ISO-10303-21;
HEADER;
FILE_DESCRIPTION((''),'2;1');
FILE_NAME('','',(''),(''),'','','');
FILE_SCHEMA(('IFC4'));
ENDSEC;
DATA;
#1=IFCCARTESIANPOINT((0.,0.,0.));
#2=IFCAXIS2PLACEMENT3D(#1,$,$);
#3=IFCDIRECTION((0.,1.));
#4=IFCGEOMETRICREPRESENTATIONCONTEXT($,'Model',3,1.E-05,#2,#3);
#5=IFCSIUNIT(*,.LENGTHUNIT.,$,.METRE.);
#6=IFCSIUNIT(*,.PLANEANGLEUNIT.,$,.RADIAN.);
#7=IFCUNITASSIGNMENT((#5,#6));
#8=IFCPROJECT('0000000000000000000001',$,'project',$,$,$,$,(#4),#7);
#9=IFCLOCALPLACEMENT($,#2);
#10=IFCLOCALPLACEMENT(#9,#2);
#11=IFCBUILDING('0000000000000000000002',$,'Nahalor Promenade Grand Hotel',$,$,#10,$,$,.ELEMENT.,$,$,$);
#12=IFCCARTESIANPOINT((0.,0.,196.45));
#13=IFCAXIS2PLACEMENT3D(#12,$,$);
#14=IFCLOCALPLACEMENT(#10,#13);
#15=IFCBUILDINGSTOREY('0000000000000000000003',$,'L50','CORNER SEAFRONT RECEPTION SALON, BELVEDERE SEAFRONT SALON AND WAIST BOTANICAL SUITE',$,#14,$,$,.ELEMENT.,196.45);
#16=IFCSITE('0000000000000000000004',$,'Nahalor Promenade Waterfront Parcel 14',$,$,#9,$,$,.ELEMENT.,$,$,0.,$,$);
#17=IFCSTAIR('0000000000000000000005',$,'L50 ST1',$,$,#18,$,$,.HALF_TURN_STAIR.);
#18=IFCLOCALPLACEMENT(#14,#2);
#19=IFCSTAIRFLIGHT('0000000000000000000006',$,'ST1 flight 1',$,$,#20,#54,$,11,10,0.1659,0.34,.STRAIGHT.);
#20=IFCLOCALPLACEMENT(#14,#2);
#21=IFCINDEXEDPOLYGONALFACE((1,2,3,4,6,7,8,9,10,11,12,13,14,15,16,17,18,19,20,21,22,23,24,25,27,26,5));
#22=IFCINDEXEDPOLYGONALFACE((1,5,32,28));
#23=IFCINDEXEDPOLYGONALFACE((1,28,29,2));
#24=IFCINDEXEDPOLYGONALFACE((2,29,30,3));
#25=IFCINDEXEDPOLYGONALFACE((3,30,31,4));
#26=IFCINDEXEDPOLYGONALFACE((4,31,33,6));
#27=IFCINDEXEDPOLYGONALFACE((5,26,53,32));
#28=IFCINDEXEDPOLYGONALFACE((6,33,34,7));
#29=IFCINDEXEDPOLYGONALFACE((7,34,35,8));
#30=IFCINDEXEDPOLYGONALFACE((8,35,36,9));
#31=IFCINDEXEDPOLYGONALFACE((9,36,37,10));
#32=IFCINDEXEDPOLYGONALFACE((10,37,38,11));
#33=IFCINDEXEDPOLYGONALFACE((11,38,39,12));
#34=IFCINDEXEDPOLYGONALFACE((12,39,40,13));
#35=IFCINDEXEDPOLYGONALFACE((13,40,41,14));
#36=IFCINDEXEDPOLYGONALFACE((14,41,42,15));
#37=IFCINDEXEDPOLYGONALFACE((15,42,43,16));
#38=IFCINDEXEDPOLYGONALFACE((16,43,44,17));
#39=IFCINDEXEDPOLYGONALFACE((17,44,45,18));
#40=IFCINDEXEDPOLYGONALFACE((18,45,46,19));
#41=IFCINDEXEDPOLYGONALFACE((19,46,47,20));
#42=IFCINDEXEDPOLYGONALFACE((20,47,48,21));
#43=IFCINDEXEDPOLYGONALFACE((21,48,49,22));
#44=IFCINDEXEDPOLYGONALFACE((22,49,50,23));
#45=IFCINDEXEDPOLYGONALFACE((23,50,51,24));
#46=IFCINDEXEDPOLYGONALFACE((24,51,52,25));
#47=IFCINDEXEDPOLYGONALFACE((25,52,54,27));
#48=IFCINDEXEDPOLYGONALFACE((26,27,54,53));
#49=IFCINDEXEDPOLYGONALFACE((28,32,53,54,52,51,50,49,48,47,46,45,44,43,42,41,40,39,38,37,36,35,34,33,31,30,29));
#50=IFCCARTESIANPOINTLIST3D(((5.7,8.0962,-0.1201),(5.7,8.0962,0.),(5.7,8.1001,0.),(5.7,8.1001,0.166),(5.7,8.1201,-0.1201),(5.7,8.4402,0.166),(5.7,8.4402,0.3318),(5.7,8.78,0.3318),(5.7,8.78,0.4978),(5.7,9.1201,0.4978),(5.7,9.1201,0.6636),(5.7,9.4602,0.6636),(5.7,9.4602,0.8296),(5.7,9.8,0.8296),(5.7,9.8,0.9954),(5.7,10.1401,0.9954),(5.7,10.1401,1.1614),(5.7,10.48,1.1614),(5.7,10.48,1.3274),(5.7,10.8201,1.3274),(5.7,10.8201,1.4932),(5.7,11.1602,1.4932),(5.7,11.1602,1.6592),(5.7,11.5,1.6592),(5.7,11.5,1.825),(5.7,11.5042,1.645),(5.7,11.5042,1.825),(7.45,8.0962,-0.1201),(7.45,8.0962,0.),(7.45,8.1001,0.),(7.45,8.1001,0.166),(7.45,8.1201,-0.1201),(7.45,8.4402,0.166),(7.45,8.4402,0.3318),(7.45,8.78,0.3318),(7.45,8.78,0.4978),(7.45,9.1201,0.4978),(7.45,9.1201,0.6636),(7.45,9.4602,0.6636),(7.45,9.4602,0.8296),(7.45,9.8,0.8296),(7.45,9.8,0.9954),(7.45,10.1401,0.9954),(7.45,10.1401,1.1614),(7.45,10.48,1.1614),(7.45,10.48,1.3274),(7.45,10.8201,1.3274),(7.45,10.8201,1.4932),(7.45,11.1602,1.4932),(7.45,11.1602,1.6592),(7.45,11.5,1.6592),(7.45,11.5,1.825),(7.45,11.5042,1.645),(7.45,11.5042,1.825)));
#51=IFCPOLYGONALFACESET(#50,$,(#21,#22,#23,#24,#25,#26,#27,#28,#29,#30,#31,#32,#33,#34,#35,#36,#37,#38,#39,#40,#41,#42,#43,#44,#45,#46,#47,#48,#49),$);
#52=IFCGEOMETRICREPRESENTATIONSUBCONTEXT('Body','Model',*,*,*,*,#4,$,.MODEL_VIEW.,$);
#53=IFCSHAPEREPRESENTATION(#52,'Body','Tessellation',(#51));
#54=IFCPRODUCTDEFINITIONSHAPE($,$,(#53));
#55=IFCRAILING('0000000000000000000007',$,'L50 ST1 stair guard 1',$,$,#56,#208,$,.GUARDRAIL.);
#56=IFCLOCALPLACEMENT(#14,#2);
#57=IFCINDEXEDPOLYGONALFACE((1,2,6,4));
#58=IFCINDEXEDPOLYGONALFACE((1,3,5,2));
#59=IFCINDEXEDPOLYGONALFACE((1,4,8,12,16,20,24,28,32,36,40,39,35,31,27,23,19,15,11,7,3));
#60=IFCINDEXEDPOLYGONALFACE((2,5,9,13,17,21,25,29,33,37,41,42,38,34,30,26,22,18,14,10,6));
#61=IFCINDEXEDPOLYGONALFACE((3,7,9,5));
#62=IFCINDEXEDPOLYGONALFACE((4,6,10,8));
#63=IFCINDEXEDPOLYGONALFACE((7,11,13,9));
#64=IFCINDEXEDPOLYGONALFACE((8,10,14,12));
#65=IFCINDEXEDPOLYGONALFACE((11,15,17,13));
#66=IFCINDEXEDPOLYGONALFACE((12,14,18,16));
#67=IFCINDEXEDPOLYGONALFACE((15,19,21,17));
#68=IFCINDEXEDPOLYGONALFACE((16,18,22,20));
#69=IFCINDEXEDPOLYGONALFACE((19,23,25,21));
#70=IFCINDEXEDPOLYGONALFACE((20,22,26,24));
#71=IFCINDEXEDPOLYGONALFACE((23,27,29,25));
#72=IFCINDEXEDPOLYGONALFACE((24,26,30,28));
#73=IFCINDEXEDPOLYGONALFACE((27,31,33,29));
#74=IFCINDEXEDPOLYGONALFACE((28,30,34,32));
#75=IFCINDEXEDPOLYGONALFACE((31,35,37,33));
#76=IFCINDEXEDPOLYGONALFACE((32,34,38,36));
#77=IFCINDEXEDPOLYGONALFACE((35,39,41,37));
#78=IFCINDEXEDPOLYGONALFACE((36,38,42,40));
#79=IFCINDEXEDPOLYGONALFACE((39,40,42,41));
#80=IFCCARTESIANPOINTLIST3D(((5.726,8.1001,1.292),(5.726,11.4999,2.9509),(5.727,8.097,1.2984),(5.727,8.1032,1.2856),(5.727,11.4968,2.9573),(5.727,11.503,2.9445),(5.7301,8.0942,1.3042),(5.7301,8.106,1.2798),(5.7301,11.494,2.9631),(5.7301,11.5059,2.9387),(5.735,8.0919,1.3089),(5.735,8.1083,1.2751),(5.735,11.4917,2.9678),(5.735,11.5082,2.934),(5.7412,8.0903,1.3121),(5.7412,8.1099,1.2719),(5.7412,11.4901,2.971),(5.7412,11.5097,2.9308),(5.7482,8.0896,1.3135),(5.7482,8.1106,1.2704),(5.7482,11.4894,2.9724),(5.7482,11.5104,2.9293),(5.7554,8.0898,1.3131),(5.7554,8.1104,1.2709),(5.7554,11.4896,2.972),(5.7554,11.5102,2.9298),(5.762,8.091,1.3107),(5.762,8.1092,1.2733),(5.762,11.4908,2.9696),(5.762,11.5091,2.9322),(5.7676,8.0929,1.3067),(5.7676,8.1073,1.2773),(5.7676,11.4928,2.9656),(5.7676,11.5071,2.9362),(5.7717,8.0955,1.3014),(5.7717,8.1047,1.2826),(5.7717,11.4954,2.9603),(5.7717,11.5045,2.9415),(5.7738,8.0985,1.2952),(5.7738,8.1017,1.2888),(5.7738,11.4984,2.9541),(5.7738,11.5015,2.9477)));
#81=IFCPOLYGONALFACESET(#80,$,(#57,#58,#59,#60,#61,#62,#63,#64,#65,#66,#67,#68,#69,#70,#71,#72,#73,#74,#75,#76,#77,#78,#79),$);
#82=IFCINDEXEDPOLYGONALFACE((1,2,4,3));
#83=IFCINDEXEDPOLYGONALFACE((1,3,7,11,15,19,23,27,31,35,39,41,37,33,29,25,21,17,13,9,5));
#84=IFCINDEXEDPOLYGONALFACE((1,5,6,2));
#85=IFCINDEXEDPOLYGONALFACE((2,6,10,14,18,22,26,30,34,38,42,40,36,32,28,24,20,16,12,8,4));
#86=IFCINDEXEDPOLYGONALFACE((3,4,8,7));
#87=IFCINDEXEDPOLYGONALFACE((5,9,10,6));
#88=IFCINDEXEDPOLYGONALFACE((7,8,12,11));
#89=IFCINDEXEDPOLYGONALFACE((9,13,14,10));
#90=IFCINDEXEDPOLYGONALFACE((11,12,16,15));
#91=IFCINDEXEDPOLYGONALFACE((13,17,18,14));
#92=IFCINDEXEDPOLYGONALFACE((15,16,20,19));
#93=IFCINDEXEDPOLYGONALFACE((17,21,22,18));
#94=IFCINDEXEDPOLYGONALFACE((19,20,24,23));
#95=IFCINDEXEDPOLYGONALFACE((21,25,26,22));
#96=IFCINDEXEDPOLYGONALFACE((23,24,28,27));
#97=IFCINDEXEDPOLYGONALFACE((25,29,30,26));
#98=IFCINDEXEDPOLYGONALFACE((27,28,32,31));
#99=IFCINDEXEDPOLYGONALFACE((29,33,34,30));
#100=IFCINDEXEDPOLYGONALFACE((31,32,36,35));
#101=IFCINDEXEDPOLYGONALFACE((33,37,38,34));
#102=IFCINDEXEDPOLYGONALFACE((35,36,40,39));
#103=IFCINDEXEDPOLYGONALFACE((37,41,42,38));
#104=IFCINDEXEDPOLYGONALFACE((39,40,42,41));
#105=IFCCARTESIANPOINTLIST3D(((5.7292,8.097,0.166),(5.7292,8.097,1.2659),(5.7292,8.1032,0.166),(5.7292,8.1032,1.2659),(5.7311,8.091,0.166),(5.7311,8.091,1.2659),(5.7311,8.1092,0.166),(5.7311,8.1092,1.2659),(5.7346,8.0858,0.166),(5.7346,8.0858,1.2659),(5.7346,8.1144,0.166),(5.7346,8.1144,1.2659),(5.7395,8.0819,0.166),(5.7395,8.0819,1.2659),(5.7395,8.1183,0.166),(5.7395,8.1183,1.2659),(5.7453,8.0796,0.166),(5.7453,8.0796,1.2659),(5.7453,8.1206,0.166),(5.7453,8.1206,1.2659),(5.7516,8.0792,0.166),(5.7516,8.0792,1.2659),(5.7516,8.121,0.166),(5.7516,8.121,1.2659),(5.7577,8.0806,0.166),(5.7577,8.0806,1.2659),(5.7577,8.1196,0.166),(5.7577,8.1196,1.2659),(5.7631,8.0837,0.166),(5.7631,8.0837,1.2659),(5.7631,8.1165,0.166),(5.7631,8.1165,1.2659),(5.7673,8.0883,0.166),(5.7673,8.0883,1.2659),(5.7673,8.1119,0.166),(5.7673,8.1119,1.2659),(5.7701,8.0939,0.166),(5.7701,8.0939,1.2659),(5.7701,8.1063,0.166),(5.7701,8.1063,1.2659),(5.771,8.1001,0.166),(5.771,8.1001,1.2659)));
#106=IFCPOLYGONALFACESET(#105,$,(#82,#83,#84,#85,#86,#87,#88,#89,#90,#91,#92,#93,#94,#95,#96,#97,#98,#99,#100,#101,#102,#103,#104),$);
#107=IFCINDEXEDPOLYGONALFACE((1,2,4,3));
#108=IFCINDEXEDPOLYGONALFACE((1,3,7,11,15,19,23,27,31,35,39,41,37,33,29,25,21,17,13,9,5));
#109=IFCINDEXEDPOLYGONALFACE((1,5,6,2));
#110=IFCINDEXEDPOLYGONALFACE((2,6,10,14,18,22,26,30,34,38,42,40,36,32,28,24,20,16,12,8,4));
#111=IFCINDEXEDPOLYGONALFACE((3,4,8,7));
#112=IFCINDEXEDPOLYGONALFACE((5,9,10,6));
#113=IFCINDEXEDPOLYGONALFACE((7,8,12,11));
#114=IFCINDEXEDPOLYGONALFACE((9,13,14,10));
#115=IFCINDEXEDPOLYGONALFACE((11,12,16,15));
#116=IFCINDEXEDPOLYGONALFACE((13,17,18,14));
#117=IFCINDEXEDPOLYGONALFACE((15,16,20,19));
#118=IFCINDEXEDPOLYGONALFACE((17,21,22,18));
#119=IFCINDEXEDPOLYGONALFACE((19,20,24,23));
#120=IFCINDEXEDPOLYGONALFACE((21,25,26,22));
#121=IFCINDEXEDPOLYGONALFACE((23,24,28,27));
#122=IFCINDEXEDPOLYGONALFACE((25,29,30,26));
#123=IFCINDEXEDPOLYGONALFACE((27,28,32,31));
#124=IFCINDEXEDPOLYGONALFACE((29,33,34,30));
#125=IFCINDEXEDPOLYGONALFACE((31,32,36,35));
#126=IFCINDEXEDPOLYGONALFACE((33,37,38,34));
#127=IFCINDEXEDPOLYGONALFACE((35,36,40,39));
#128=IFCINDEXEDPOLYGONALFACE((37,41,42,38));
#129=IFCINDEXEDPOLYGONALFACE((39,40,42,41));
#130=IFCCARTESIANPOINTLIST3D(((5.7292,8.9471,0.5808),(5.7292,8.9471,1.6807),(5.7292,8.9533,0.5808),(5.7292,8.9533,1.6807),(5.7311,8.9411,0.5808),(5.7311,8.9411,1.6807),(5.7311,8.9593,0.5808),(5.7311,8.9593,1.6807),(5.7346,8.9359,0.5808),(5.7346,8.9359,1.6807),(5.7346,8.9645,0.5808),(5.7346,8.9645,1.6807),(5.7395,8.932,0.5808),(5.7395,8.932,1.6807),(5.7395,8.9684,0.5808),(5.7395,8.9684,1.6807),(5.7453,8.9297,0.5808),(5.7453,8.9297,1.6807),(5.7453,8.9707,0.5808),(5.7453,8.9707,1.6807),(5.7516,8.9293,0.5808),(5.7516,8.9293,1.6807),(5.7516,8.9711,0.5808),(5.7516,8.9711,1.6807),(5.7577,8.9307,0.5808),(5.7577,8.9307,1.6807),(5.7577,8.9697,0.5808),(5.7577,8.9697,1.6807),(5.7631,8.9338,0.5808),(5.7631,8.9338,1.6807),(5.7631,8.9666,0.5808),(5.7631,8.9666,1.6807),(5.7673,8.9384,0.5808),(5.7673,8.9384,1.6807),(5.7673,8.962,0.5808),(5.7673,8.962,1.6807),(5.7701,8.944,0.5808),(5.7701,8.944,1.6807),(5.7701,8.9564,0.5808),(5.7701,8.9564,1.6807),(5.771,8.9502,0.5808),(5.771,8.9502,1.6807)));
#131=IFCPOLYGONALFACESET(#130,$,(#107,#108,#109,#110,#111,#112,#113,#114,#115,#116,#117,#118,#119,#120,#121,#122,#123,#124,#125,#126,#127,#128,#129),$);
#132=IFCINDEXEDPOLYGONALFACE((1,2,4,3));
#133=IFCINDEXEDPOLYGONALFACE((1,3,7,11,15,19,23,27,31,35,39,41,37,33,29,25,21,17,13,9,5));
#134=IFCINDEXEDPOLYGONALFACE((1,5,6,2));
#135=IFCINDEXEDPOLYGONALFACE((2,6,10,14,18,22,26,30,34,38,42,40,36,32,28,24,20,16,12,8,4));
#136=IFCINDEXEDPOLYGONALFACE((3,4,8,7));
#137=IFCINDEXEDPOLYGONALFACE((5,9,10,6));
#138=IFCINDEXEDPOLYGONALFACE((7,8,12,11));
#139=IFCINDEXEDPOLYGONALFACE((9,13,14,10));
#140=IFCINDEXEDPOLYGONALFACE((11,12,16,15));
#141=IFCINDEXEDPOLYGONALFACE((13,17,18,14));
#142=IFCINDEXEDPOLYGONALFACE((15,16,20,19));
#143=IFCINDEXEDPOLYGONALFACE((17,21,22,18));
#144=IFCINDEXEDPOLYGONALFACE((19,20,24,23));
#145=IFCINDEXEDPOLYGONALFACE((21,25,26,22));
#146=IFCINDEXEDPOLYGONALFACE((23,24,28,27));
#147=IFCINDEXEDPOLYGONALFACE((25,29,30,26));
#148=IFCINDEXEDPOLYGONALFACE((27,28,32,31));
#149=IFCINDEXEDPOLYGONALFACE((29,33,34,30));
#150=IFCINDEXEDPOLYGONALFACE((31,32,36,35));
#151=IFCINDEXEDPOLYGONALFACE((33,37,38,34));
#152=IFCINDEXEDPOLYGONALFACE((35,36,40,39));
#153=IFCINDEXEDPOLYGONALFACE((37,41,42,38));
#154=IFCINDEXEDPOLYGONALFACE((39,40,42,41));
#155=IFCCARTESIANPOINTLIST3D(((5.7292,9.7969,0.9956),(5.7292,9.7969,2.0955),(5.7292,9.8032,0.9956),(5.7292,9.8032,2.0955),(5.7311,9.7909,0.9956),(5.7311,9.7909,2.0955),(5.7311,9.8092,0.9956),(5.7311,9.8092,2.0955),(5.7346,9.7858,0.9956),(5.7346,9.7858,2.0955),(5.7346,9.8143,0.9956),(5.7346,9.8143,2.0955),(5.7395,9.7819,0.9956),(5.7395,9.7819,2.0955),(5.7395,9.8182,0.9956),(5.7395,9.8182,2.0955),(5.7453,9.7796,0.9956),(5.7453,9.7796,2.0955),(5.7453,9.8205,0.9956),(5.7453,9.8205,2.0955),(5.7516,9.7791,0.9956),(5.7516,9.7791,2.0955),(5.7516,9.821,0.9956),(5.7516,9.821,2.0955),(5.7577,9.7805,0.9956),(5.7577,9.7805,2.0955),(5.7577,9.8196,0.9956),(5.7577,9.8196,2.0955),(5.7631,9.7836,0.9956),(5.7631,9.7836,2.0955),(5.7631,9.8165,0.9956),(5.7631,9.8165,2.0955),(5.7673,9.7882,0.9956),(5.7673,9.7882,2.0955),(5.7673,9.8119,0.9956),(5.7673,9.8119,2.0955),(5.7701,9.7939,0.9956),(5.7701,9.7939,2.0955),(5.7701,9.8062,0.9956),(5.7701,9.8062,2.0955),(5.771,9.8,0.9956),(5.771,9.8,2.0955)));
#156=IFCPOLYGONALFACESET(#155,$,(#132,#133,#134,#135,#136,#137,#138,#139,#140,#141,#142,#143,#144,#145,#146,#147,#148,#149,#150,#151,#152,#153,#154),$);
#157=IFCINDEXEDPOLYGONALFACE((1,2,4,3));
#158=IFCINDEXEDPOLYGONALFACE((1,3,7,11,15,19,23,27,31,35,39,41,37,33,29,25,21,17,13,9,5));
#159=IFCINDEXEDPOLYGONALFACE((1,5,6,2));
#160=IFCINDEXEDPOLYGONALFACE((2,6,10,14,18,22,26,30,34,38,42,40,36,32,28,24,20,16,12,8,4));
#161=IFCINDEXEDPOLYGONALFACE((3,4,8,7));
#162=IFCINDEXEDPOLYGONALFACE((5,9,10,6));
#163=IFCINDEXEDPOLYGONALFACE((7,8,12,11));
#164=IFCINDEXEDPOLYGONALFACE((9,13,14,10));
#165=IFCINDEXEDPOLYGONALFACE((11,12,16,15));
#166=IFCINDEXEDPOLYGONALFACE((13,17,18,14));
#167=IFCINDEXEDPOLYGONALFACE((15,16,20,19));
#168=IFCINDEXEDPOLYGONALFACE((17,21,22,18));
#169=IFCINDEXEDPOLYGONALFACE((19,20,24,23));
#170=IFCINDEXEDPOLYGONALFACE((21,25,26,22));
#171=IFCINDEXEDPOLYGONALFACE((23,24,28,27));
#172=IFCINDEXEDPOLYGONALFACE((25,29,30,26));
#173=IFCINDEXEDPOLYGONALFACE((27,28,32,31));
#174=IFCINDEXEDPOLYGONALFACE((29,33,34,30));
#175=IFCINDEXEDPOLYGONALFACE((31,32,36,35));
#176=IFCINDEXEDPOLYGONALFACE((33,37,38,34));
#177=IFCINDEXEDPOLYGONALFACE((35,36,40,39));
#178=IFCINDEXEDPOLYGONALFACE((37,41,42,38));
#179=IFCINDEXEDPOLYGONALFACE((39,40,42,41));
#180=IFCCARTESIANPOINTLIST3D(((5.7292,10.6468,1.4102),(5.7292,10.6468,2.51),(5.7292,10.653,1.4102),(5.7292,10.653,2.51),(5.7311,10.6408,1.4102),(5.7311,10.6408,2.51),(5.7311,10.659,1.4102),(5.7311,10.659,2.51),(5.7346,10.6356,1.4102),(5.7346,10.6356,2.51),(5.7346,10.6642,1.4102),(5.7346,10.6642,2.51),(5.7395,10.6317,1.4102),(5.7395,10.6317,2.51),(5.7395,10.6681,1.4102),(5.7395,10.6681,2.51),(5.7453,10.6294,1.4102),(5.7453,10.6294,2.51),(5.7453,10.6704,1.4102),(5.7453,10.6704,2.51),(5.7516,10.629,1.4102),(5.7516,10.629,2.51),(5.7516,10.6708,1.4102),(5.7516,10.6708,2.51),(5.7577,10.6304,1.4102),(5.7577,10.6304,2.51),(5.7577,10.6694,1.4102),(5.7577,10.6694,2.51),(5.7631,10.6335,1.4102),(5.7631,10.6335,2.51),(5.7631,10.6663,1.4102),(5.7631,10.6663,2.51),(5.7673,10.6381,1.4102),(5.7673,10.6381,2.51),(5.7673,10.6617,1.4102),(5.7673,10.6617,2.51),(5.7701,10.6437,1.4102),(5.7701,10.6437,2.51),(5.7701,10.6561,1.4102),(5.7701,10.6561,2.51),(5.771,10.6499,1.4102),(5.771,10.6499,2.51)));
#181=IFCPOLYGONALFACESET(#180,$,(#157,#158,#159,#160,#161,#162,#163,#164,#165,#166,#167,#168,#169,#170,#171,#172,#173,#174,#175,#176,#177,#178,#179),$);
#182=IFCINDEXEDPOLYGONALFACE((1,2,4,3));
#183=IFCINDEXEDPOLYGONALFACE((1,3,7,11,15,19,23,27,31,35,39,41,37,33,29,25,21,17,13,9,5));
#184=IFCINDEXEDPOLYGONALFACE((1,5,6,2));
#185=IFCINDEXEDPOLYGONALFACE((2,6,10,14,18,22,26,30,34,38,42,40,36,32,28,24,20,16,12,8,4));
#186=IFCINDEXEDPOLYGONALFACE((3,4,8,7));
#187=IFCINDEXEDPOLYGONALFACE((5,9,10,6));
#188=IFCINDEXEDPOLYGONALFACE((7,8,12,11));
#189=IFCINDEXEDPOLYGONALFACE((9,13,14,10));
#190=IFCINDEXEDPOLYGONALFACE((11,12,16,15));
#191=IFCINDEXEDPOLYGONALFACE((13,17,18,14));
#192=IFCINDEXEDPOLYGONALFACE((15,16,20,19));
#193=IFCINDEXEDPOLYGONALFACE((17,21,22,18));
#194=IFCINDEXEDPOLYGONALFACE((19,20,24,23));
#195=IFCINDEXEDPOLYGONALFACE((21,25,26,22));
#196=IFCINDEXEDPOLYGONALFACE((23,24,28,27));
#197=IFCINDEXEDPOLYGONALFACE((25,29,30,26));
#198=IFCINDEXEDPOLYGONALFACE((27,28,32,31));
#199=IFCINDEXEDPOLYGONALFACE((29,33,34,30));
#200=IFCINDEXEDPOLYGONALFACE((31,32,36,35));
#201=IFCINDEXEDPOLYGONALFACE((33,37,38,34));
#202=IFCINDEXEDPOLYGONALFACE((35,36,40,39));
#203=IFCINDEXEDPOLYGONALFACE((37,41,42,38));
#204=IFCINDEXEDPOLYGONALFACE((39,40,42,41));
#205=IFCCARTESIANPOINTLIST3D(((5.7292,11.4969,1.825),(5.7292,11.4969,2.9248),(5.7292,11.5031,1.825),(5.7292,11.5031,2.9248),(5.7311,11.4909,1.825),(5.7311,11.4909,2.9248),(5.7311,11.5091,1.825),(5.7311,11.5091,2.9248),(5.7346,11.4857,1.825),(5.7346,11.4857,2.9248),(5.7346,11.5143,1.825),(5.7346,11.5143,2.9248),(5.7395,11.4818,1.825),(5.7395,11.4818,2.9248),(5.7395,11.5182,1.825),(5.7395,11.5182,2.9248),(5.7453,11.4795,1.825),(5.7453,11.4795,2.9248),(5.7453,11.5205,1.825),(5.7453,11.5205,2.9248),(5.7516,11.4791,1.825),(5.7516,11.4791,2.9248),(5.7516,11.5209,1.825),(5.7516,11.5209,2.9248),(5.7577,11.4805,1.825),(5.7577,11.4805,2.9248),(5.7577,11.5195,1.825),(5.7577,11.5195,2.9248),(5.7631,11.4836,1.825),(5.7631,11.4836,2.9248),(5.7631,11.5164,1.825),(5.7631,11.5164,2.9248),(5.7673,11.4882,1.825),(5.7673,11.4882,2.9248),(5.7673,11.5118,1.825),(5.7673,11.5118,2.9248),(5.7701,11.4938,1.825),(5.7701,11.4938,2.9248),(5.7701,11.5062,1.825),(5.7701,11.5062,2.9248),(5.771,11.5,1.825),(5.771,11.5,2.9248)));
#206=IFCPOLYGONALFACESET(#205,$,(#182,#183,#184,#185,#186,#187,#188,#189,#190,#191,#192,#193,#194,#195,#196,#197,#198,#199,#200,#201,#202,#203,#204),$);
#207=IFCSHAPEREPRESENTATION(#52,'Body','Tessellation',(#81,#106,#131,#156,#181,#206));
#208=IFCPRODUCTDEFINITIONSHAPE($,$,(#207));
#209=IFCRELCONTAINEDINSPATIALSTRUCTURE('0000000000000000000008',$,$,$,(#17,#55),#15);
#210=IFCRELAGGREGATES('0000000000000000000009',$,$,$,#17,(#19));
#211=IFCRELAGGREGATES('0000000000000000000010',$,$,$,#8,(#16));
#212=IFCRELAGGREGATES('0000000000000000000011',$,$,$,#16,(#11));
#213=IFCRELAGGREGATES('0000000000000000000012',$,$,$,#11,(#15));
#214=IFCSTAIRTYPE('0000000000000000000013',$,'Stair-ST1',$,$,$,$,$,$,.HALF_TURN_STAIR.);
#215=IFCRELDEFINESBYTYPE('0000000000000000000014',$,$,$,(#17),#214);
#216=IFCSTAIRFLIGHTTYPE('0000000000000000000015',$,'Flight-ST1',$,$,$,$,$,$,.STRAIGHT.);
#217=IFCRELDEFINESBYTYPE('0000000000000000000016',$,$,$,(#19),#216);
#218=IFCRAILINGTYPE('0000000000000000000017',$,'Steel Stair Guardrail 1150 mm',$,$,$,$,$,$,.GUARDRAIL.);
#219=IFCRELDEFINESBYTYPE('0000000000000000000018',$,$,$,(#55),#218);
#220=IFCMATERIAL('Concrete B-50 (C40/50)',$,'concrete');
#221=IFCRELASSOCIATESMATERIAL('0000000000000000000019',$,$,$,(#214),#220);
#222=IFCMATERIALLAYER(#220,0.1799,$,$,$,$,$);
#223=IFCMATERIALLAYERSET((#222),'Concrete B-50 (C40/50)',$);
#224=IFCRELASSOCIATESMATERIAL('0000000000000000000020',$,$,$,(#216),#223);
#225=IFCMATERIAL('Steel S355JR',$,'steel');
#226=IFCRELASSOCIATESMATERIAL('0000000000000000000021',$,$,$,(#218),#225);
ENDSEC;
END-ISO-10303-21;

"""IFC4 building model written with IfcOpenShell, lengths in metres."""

from ifc_helpers import new_model, si_unit, direction, frame, origin, origin_2d, place, context, subcontext, project, spatial, polyline, circle, outline, extrude, source, transform, mapped, material, layer, layer_set, type_object, element, aggregate, save


model = new_model("IFC4")

# Units and contexts
model_context = context("Model", 3, precision=1e-05, world=origin(), true_north=direction((0.0, 1.0)))
body_context = subcontext(model_context, "Body", "Model", "MODEL_VIEW")
ifc_project = project(units=[si_unit("LENGTHUNIT", "METRE"), si_unit("PLANEANGLEUNIT", "RADIAN")], contexts=[model_context])

# Site, building, storey
site_placement = place(None, origin())
site = spatial("IfcSite", under=ifc_project, at=site_placement, Name="Nahalor Promenade Waterfront Parcel 14", CompositionType="ELEMENT", RefElevation=0.0)
building_placement = place(site_placement, origin())
building = spatial("IfcBuilding", under=site, at=building_placement, Name="Nahalor Promenade Grand Hotel", CompositionType="ELEMENT")
storey_placement = place(building_placement, frame((0.0, 0.0, 196.45)))
storey = spatial("IfcBuildingStorey", under=building, at=storey_placement, Name="L50", Description="CORNER SEAFRONT RECEPTION SALON, BELVEDERE SEAFRONT SALON AND WAIST BOTANICAL SUITE", CompositionType="ELEMENT", Elevation=196.45)

# Shared definitions
ifc_material_1 = material(Name="Steel S355JR", Category="steel")

# Shared definitions
ifc_material_2 = material(Name="Concrete B-50 (C40/50)", Category="concrete")

# Stair, stair flight
stair_type = type_object("IfcStairType", Name="Stair-ST1", PredefinedType="HALF_TURN_STAIR", material=ifc_material_2)
stair_placement = place(storey_placement, origin())
stair = element("IfcStair", 1, at=stair_placement, inside=storey, type_object=stair_type, Name="L50 ST1", PredefinedType="HALF_TURN_STAIR")
ifc_layer_1 = layer(ifc_material_2, 0.1799)
ifc_layer_set_1 = layer_set([ifc_layer_1], Name="Concrete B-50 (C40/50)")
stair_flight_type = type_object("IfcStairFlightType", Name="Flight-ST1", PredefinedType="STRAIGHT", material=ifc_layer_set_1)
shared_shape_1 = source(origin(), body_context, "Body", "SweptSolid", [
    extrude(outline(polyline([(-0.0039, -0.1201), (-0.0039, 0.0), (0.0, 0.0), (0.0, 0.166), (0.3401, 0.166), (0.3401, 0.3318), (0.6799, 0.3318), (0.6799, 0.4978), (1.02, 0.4978), (1.02, 0.6636), (1.3601, 0.6636), (1.3601, 0.8296), (1.7, 0.8296), (1.7, 0.9954), (2.04, 0.9954), (2.04, 1.1614), (2.3799, 1.1614), (2.3799, 1.3274), (2.72, 1.3274), (2.72, 1.4932), (3.0601, 1.4932), (3.0601, 1.6592), (3.3999, 1.6592), (3.3999, 1.825), (3.4041, 1.825), (3.4041, 1.645), (0.02, -0.1201), (-0.0039, -0.1201)])), frame((0.0, 0.875, 0.0), z_axis=(0.0, -1.0, 0.0), x_axis=(1.0, 0.0, 0.0)), (0.0, 0.0, 1.0), 1.75),
])
stair_flight_placement = place(storey_placement, frame((6.575, 8.1001, 0.0), z_axis=(0.0, 0.0, 1.0), x_axis=(0.0, 1.0, 0.0)))
stair_flight = element("IfcStairFlight", 2, at=stair_flight_placement, type_object=stair_flight_type, Name="ST1 flight 1", NumberOfRisers=11, NumberOfTreads=10, PredefinedType="STRAIGHT", RiserHeight=0.1659, TreadLength=0.34, context=body_context, shape_type="MappedRepresentation", body=[
    mapped(shared_shape_1, transform((0.0, 0.0, 0.0), scale=1.0)),
])
aggregate(stair, [stair_flight])

# Railing
railing_type_1 = type_object("IfcRailingType", Name="Steel Stair Guardrail 1150 mm", PredefinedType="GUARDRAIL", material=ifc_material_1)
railing_1_placement = place(storey_placement, frame((5.75, 8.1001, 0.166)))
element("IfcRailing", 3, at=railing_1_placement, inside=storey, type_object=railing_type_1, Name="L50 ST1 stair guard 1", PredefinedType="GUARDRAIL", context=body_context, shape_type="SweptSolid", body=[
    extrude(circle(Radius=0.024, at=origin_2d()), frame((0.0, 0.0, 1.126), z_axis=(0.0, 0.898722, 0.438519), x_axis=(-1.0, 0.0, 0.0)), (0.0, 0.0, 1.0), 3.783),
    extrude(circle(Radius=0.021, at=origin_2d()), origin(), (0.0, 0.0, 1.0), 1.0999),
    extrude(circle(Radius=0.021, at=origin_2d()), frame((0.0, 0.8501, 0.4148)), (0.0, 0.0, 1.0), 1.0999),
    extrude(circle(Radius=0.021, at=origin_2d()), frame((0.0, 1.7, 0.8296)), (0.0, 0.0, 1.0), 1.0999),
    extrude(circle(Radius=0.021, at=origin_2d()), frame((0.0, 2.5498, 1.2441)), (0.0, 0.0, 1.0), 1.0999),
    extrude(circle(Radius=0.021, at=origin_2d()), frame((0.0, 3.3999, 1.6589)), (0.0, 0.0, 1.0), 1.0999),
])

save(model, "model.ifc")
